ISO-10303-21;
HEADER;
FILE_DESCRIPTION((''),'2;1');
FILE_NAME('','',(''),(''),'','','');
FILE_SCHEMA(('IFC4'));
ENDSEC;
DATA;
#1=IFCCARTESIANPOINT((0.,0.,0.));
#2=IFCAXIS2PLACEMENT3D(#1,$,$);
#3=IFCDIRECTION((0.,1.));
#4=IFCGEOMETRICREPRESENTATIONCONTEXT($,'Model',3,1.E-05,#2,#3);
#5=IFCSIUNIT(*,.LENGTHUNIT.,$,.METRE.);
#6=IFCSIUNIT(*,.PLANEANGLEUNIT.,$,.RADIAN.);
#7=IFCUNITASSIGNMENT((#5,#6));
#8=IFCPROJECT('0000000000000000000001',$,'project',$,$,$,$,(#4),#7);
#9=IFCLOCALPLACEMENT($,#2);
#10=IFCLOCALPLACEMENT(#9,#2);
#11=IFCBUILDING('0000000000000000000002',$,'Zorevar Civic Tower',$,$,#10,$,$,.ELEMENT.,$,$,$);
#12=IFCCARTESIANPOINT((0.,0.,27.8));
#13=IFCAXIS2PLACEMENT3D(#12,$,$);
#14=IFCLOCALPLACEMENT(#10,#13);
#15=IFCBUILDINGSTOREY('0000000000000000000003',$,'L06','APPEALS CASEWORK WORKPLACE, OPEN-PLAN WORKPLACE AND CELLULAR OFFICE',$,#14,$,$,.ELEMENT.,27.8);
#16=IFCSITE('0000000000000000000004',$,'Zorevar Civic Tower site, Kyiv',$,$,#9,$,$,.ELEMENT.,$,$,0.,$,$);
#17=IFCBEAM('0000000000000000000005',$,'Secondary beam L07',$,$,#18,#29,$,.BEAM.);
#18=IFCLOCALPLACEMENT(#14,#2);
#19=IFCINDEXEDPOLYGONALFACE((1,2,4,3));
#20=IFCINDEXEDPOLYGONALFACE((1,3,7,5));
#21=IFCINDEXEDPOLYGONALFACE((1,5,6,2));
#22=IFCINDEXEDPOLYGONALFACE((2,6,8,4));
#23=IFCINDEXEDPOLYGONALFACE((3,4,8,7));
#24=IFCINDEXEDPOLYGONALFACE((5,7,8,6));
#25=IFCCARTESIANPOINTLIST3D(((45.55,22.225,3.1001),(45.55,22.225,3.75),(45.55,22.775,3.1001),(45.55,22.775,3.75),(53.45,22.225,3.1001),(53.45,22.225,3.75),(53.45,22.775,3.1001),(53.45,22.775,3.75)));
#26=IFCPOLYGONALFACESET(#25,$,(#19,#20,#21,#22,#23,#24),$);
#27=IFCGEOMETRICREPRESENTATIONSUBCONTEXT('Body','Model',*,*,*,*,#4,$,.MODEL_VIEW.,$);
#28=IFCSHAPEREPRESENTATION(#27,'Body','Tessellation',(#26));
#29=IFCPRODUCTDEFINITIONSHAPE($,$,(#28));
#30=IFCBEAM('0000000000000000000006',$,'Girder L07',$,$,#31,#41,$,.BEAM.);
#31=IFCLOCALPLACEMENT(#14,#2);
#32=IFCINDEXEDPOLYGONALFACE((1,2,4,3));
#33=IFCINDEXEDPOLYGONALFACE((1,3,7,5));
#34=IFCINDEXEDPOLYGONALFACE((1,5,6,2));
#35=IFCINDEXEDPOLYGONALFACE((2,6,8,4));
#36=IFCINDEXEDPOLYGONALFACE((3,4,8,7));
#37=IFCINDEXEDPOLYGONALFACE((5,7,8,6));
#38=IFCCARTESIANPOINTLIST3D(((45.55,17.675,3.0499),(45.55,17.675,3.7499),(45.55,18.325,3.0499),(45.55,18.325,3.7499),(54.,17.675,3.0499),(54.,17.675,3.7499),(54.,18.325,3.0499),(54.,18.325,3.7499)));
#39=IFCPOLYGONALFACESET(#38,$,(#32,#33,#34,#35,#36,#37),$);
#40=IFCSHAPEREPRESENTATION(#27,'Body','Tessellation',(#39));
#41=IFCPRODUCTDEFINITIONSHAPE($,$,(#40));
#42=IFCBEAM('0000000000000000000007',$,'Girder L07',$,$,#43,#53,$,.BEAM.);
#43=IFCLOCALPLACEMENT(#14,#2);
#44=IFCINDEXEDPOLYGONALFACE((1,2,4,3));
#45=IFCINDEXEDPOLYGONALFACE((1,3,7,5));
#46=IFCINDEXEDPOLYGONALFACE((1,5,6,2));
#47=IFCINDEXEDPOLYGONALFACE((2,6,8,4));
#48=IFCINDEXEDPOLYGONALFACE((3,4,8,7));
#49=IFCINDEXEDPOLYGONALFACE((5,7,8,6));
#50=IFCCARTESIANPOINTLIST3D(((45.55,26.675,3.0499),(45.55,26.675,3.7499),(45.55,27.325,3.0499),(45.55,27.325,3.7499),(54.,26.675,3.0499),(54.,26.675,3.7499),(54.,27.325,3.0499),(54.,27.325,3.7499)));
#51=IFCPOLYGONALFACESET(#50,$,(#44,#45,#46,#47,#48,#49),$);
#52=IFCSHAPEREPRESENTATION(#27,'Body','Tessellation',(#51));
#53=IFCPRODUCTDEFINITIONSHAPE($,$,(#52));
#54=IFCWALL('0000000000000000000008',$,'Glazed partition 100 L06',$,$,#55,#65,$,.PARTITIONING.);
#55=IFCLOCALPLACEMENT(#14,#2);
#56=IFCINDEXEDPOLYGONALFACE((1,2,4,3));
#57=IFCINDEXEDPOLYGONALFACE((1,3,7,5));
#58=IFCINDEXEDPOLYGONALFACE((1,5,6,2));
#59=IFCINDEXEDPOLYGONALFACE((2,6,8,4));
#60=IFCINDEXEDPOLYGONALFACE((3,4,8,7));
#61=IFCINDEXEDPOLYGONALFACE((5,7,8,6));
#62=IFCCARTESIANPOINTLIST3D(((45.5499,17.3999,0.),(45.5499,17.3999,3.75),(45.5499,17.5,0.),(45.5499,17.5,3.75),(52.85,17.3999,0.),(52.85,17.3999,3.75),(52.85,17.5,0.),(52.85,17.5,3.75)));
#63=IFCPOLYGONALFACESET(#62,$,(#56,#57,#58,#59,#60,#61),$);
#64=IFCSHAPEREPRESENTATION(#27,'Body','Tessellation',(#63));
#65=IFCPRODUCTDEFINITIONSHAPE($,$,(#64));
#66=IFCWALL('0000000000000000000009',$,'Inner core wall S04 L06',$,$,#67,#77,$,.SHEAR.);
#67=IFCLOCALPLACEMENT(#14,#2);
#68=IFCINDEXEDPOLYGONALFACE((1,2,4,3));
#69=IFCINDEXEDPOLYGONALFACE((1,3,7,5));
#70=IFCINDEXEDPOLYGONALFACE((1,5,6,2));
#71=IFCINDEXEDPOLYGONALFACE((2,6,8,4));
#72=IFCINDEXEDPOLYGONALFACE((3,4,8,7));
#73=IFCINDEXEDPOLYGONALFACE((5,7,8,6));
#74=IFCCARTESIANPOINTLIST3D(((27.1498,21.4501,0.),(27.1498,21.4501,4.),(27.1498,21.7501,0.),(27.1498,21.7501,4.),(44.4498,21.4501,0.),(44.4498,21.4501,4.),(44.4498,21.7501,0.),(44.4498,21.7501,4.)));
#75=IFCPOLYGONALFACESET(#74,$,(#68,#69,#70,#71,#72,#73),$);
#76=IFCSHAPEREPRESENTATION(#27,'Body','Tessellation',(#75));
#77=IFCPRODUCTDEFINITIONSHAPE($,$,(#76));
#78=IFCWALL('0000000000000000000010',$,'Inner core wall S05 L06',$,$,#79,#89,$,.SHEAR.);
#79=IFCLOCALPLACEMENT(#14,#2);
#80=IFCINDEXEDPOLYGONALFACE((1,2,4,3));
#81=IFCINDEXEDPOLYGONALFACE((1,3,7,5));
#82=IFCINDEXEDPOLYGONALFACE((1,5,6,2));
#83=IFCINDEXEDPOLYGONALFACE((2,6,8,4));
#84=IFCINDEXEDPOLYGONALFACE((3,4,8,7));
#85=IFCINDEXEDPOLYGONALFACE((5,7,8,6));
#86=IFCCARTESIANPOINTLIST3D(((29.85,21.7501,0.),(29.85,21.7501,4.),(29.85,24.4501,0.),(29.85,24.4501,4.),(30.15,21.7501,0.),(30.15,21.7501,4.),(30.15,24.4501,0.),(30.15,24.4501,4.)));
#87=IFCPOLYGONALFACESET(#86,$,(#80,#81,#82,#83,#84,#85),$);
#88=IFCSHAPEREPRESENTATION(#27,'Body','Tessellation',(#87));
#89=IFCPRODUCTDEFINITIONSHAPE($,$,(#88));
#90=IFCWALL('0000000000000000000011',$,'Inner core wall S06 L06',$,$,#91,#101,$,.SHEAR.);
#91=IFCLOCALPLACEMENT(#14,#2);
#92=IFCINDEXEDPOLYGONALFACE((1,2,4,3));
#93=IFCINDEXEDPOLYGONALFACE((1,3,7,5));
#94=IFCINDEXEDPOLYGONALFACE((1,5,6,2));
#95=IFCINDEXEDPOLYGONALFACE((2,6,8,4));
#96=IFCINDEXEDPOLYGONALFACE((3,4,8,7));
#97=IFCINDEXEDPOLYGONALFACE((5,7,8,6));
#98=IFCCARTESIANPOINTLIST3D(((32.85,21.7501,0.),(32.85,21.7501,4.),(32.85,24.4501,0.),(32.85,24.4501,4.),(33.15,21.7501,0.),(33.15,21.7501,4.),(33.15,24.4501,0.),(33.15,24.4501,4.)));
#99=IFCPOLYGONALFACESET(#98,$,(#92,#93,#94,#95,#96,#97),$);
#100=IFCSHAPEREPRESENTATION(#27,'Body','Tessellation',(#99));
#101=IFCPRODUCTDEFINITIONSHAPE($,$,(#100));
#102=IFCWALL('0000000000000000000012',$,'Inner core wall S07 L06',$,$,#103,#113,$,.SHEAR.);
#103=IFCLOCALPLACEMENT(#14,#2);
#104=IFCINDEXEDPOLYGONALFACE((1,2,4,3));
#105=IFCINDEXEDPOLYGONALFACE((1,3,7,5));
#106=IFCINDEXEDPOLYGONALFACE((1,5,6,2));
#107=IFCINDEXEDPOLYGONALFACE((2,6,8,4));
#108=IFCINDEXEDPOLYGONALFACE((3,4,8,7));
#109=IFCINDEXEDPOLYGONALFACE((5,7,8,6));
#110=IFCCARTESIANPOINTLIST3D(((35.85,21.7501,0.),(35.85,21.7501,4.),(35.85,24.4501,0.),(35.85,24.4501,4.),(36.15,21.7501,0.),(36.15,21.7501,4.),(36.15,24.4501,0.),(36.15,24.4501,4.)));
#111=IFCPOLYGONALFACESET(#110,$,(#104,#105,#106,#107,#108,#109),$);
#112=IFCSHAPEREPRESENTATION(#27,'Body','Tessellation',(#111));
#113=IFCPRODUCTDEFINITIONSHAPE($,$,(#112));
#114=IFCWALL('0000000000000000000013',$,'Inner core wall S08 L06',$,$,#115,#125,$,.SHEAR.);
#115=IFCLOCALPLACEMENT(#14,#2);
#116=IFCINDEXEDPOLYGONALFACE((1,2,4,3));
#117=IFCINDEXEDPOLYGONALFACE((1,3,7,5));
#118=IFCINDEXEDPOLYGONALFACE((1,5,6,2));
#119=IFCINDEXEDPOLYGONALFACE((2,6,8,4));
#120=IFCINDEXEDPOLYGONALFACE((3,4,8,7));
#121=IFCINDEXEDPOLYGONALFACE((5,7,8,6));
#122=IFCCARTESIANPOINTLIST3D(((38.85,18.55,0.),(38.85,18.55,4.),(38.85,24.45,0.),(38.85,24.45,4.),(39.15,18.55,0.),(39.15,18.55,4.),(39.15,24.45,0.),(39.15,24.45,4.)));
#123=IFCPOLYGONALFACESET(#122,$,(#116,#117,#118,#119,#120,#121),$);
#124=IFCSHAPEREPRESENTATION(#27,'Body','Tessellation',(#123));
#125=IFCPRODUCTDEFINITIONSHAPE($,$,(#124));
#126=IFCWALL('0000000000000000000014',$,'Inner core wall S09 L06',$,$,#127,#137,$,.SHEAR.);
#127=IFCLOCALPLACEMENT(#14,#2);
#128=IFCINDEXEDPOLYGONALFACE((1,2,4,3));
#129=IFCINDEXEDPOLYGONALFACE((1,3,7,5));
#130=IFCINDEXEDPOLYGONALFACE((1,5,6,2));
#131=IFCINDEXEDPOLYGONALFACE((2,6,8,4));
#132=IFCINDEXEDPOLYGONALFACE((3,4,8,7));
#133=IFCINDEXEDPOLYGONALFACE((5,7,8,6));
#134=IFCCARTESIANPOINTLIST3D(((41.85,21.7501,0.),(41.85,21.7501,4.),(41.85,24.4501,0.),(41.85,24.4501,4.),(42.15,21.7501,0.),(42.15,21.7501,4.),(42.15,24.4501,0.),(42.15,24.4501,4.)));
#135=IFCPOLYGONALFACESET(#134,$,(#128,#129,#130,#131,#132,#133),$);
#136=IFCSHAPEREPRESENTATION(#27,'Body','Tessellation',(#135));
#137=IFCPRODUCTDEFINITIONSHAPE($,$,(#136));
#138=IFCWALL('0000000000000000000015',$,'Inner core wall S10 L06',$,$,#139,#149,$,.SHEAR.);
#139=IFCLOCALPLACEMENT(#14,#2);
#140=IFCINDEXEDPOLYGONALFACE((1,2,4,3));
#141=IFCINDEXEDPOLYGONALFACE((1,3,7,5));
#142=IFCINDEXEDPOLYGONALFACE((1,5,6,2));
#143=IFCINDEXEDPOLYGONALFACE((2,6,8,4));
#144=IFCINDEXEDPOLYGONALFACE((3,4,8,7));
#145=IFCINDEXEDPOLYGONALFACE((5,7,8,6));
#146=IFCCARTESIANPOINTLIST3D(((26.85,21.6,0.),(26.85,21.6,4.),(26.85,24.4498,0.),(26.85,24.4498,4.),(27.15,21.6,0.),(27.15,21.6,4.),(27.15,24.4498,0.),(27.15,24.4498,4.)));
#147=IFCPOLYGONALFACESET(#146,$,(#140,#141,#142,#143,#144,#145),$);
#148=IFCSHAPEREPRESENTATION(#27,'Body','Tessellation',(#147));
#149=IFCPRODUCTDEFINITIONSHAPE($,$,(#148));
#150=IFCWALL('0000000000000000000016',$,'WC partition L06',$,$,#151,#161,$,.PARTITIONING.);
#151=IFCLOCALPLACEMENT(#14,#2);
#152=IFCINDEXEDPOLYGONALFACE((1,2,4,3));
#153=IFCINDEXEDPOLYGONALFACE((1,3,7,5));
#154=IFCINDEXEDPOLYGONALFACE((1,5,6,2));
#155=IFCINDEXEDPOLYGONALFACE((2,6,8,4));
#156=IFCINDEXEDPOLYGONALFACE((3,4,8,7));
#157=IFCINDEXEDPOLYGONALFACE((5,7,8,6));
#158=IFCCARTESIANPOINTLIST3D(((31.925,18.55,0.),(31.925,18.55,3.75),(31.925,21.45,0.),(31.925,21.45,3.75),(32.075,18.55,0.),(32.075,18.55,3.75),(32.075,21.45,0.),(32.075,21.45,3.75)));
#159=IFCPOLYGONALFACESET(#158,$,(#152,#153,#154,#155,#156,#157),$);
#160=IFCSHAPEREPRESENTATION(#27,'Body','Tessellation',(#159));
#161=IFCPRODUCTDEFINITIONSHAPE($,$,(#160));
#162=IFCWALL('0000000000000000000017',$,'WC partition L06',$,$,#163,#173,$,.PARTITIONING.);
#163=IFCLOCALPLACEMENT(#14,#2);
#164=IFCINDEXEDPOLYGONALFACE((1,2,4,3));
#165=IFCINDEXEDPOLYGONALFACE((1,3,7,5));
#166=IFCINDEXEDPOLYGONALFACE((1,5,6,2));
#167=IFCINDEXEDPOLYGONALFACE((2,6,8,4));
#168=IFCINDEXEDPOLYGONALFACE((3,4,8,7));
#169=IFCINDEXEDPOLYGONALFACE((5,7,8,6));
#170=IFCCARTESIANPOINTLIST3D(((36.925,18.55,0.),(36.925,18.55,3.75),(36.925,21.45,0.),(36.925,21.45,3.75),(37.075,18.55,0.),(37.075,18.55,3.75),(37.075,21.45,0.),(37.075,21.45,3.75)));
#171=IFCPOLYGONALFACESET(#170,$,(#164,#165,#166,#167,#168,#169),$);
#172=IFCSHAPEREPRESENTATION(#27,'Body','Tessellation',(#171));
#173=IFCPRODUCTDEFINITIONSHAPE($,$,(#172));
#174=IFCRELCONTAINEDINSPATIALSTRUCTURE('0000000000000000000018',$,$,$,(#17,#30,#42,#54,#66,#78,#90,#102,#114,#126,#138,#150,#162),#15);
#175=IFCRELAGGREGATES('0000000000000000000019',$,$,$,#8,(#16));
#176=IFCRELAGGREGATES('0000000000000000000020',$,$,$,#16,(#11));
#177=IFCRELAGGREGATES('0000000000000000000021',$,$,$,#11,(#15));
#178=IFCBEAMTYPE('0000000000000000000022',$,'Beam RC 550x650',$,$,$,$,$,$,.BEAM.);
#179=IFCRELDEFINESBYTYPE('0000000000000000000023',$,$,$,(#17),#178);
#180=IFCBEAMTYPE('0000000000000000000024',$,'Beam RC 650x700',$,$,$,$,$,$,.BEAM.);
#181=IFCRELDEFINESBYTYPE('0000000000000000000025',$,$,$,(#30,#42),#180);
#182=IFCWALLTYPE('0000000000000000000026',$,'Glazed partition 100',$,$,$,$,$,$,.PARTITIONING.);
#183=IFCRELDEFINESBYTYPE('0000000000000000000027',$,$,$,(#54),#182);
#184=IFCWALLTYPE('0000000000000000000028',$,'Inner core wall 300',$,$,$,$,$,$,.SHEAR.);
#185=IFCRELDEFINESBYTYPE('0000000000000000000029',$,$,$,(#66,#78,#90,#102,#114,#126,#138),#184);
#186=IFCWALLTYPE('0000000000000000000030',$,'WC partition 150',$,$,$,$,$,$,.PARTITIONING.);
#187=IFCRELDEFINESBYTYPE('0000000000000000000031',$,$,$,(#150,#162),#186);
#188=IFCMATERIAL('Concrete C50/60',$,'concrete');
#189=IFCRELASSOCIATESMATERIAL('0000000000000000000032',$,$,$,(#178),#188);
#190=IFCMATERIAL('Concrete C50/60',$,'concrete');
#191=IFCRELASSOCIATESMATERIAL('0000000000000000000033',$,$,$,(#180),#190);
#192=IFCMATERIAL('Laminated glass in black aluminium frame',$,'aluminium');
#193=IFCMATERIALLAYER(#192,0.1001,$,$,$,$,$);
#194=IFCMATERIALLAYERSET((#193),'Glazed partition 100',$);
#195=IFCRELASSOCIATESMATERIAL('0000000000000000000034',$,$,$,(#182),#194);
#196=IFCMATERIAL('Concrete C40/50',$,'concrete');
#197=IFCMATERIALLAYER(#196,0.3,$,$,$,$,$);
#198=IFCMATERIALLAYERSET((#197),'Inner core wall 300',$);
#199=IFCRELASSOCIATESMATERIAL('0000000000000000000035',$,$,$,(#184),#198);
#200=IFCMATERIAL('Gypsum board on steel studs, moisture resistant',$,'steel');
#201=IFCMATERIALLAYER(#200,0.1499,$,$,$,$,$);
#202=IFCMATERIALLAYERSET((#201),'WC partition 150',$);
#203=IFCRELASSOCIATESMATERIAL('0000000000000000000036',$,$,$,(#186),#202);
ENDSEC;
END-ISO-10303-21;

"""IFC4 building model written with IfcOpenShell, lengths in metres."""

from ifc_helpers import new_model, si_unit, direction, frame, frame_2d, origin, origin_2d, place, context, subcontext, project, spatial, rectangle, extrude, material, layer, layer_set, material_profile, profile_set, type_object, element, save


model = new_model("IFC4")

# Units and contexts
model_context = context("Model", 3, precision=1e-05, world=origin(), true_north=direction((0.0, 1.0)))
body_context = subcontext(model_context, "Body", "Model", "MODEL_VIEW")
ifc_project = project(units=[si_unit("LENGTHUNIT", "METRE"), si_unit("PLANEANGLEUNIT", "RADIAN")], contexts=[model_context])

# Site, building, storey
site_placement = place(None, origin())
site = spatial("IfcSite", under=ifc_project, at=site_placement, Name="Zorevar Civic Tower site, Kyiv", CompositionType="ELEMENT", RefElevation=0.0)
building_placement = place(site_placement, origin())
building = spatial("IfcBuilding", under=site, at=building_placement, Name="Zorevar Civic Tower", CompositionType="ELEMENT")
storey_placement = place(building_placement, frame((0.0, 0.0, 27.8)))
storey = spatial("IfcBuildingStorey", under=building, at=storey_placement, Name="L06", Description="APPEALS CASEWORK WORKPLACE, OPEN-PLAN WORKPLACE AND CELLULAR OFFICE", CompositionType="ELEMENT", Elevation=27.8)

# Beams
ifc_material_1 = material(Name="Concrete C50/60", Category="concrete")
ifc_material_profile_1 = material_profile(ifc_material_1, rectangle(XDim=0.55, YDim=0.6499, at=origin_2d()), Name="RC 550x650")
ifc_profile_set_1 = profile_set([ifc_material_profile_1], Name="Concrete C50/60")
beam_type_1 = type_object("IfcBeamType", Name="Beam RC 550x650", PredefinedType="BEAM", material=ifc_profile_set_1)
beam_placement = place(storey_placement, frame((45.55, 22.5, 3.425), z_axis=(1.0, 0.0, 0.0), x_axis=(0.0, 1.0, 0.0)))
element("IfcBeam", 1, at=beam_placement, inside=storey, type_object=beam_type_1, Name="Secondary beam L07", PredefinedType="BEAM", context=body_context, shape_type="SweptSolid", body=[
    extrude(rectangle(XDim=0.55, YDim=0.6499, at=origin_2d()), origin(), (0.0, 0.0, 1.0), 7.8999),
])
ifc_material_2 = material(Name="Concrete C50/60", Category="concrete")
ifc_material_profile_2 = material_profile(ifc_material_2, rectangle(XDim=0.6499, YDim=0.7, at=origin_2d()), Name="RC 650x700")
ifc_profile_set_2 = profile_set([ifc_material_profile_2], Name="Concrete C50/60")
beam_type_2 = type_object("IfcBeamType", Name="Beam RC 650x700", PredefinedType="BEAM", material=ifc_profile_set_2)
for number, where, z_axis, x_axis, name in (
    (2, (45.55, 18.0, 3.3999), (1.0, 0.0, 0.0), (0.0, 1.0, 0.0), "Girder L07"),
    (3, (45.55, 27.0, 3.3999), (1.0, 0.0, 0.0), (0.0, 1.0, 0.0), "Girder L07"),
):
    element("IfcBeam", number, at=place(storey_placement, frame(where, z_axis=z_axis, x_axis=x_axis)), inside=storey, type_object=beam_type_2, Name=name, PredefinedType="BEAM", context=body_context, shape_type="SweptSolid", body=[
        extrude(rectangle(XDim=0.6499, YDim=0.7, at=origin_2d()), origin(), (0.0, 0.0, 1.0), 8.45),
    ])

# Walls
ifc_material_3 = material(Name="Laminated glass in black aluminium frame", Category="aluminium")
ifc_layer_1 = layer(ifc_material_3, 0.1001)
ifc_layer_set_1 = layer_set([ifc_layer_1], Name="Glazed partition 100")
wall_type_1 = type_object("IfcWallType", Name="Glazed partition 100", PredefinedType="PARTITIONING", material=ifc_layer_set_1)
wall_1_placement = place(storey_placement, frame((45.55, 17.45, 0.0), z_axis=(0.0, 0.0, 1.0), x_axis=(1.0, 0.0, 0.0)))
element("IfcWall", 4, at=wall_1_placement, inside=storey, type_object=wall_type_1, Name="Glazed partition 100 L06", PredefinedType="PARTITIONING", context=body_context, shape_type="SweptSolid", body=[
    extrude(rectangle(XDim=7.3, YDim=0.1001, at=frame_2d((3.6499, 0.0))), origin(), (0.0, 0.0, 1.0), 3.75),
])
ifc_material_4 = material(Name="Concrete C40/50", Category="concrete")
ifc_layer_2 = layer(ifc_material_4, 0.3)
ifc_layer_set_2 = layer_set([ifc_layer_2], Name="Inner core wall 300")
wall_type_2 = type_object("IfcWallType", Name="Inner core wall 300", PredefinedType="SHEAR", material=ifc_layer_set_2)
wall_2_placement = place(storey_placement, frame((27.1499, 21.6001, 0.0), z_axis=(0.0, 0.0, 1.0), x_axis=(1.0, 0.0, 0.0)))
element("IfcWall", 5, at=wall_2_placement, inside=storey, type_object=wall_type_2, Name="Inner core wall S04 L06", PredefinedType="SHEAR", context=body_context, shape_type="SweptSolid", body=[
    extrude(rectangle(XDim=17.3, YDim=0.3, at=frame_2d((8.6499, 0.0))), origin(), (0.0, 0.0, 1.0), 4.0),
])
for number, where, z_axis, x_axis, name in (
    (6, (30.0, 21.75, 0.0), (0.0, 0.0, 1.0), (0.0, 1.0, 0.0), "Inner core wall S05 L06"),
    (7, (33.0, 21.75, 0.0), (0.0, 0.0, 1.0), (0.0, 1.0, 0.0), "Inner core wall S06 L06"),
    (8, (36.0, 21.75, 0.0), (0.0, 0.0, 1.0), (0.0, 1.0, 0.0), "Inner core wall S07 L06"),
):
    element("IfcWall", number, at=place(storey_placement, frame(where, z_axis=z_axis, x_axis=x_axis)), inside=storey, type_object=wall_type_2, Name=name, PredefinedType="SHEAR", context=body_context, shape_type="SweptSolid", body=[
        extrude(rectangle(XDim=2.7, YDim=0.3, at=frame_2d((1.3501, 0.0))), origin(), (0.0, 0.0, 1.0), 4.0),
    ])
wall_3_placement = place(storey_placement, frame((39.0, 18.55, 0.0), z_axis=(0.0, 0.0, 1.0), x_axis=(0.0, 1.0, 0.0)))
element("IfcWall", 9, at=wall_3_placement, inside=storey, type_object=wall_type_2, Name="Inner core wall S08 L06", PredefinedType="SHEAR", context=body_context, shape_type="SweptSolid", body=[
    extrude(rectangle(XDim=5.8999, YDim=0.3, at=frame_2d((2.95, 0.0))), origin(), (0.0, 0.0, 1.0), 4.0),
])
wall_4_placement = place(storey_placement, frame((42.0, 21.75, 0.0), z_axis=(0.0, 0.0, 1.0), x_axis=(0.0, 1.0, 0.0)))
element("IfcWall", 10, at=wall_4_placement, inside=storey, type_object=wall_type_2, Name="Inner core wall S09 L06", PredefinedType="SHEAR", context=body_context, shape_type="SweptSolid", body=[
    extrude(rectangle(XDim=2.7, YDim=0.3, at=frame_2d((1.3501, 0.0))), origin(), (0.0, 0.0, 1.0), 4.0),
])
wall_5_placement = place(storey_placement, frame((27.0, 21.6001, 0.0), z_axis=(0.0, 0.0, 1.0), x_axis=(0.0, 1.0, 0.0)))
element("IfcWall", 11, at=wall_5_placement, inside=storey, type_object=wall_type_2, Name="Inner core wall S10 L06", PredefinedType="SHEAR", context=body_context, shape_type="SweptSolid", body=[
    extrude(rectangle(XDim=2.8499, YDim=0.3, at=frame_2d((1.4248, 0.0))), origin(), (0.0, 0.0, 1.0), 4.0),
])

# Walls
ifc_material_5 = material(Name="Gypsum board on steel studs, moisture resistant", Category="steel")
ifc_layer_3 = layer(ifc_material_5, 0.1499)
ifc_layer_set_3 = layer_set([ifc_layer_3], Name="WC partition 150")
wall_type_3 = type_object("IfcWallType", Name="WC partition 150", PredefinedType="PARTITIONING", material=ifc_layer_set_3)
for number, where, z_axis, x_axis, name in (
    (12, (32.0, 18.55, 0.0), (0.0, 0.0, 1.0), (0.0, 1.0, 0.0), "WC partition L06"),
    (13, (37.0, 18.55, 0.0), (0.0, 0.0, 1.0), (0.0, 1.0, 0.0), "WC partition L06"),
):
    element("IfcWall", number, at=place(storey_placement, frame(where, z_axis=z_axis, x_axis=x_axis)), inside=storey, type_object=wall_type_3, Name=name, PredefinedType="PARTITIONING", context=body_context, shape_type="SweptSolid", body=[
        extrude(rectangle(XDim=2.8999, YDim=0.1499, at=frame_2d((1.45, 0.0))), origin(), (0.0, 0.0, 1.0), 3.75),
    ])

save(model, "model.ifc")
